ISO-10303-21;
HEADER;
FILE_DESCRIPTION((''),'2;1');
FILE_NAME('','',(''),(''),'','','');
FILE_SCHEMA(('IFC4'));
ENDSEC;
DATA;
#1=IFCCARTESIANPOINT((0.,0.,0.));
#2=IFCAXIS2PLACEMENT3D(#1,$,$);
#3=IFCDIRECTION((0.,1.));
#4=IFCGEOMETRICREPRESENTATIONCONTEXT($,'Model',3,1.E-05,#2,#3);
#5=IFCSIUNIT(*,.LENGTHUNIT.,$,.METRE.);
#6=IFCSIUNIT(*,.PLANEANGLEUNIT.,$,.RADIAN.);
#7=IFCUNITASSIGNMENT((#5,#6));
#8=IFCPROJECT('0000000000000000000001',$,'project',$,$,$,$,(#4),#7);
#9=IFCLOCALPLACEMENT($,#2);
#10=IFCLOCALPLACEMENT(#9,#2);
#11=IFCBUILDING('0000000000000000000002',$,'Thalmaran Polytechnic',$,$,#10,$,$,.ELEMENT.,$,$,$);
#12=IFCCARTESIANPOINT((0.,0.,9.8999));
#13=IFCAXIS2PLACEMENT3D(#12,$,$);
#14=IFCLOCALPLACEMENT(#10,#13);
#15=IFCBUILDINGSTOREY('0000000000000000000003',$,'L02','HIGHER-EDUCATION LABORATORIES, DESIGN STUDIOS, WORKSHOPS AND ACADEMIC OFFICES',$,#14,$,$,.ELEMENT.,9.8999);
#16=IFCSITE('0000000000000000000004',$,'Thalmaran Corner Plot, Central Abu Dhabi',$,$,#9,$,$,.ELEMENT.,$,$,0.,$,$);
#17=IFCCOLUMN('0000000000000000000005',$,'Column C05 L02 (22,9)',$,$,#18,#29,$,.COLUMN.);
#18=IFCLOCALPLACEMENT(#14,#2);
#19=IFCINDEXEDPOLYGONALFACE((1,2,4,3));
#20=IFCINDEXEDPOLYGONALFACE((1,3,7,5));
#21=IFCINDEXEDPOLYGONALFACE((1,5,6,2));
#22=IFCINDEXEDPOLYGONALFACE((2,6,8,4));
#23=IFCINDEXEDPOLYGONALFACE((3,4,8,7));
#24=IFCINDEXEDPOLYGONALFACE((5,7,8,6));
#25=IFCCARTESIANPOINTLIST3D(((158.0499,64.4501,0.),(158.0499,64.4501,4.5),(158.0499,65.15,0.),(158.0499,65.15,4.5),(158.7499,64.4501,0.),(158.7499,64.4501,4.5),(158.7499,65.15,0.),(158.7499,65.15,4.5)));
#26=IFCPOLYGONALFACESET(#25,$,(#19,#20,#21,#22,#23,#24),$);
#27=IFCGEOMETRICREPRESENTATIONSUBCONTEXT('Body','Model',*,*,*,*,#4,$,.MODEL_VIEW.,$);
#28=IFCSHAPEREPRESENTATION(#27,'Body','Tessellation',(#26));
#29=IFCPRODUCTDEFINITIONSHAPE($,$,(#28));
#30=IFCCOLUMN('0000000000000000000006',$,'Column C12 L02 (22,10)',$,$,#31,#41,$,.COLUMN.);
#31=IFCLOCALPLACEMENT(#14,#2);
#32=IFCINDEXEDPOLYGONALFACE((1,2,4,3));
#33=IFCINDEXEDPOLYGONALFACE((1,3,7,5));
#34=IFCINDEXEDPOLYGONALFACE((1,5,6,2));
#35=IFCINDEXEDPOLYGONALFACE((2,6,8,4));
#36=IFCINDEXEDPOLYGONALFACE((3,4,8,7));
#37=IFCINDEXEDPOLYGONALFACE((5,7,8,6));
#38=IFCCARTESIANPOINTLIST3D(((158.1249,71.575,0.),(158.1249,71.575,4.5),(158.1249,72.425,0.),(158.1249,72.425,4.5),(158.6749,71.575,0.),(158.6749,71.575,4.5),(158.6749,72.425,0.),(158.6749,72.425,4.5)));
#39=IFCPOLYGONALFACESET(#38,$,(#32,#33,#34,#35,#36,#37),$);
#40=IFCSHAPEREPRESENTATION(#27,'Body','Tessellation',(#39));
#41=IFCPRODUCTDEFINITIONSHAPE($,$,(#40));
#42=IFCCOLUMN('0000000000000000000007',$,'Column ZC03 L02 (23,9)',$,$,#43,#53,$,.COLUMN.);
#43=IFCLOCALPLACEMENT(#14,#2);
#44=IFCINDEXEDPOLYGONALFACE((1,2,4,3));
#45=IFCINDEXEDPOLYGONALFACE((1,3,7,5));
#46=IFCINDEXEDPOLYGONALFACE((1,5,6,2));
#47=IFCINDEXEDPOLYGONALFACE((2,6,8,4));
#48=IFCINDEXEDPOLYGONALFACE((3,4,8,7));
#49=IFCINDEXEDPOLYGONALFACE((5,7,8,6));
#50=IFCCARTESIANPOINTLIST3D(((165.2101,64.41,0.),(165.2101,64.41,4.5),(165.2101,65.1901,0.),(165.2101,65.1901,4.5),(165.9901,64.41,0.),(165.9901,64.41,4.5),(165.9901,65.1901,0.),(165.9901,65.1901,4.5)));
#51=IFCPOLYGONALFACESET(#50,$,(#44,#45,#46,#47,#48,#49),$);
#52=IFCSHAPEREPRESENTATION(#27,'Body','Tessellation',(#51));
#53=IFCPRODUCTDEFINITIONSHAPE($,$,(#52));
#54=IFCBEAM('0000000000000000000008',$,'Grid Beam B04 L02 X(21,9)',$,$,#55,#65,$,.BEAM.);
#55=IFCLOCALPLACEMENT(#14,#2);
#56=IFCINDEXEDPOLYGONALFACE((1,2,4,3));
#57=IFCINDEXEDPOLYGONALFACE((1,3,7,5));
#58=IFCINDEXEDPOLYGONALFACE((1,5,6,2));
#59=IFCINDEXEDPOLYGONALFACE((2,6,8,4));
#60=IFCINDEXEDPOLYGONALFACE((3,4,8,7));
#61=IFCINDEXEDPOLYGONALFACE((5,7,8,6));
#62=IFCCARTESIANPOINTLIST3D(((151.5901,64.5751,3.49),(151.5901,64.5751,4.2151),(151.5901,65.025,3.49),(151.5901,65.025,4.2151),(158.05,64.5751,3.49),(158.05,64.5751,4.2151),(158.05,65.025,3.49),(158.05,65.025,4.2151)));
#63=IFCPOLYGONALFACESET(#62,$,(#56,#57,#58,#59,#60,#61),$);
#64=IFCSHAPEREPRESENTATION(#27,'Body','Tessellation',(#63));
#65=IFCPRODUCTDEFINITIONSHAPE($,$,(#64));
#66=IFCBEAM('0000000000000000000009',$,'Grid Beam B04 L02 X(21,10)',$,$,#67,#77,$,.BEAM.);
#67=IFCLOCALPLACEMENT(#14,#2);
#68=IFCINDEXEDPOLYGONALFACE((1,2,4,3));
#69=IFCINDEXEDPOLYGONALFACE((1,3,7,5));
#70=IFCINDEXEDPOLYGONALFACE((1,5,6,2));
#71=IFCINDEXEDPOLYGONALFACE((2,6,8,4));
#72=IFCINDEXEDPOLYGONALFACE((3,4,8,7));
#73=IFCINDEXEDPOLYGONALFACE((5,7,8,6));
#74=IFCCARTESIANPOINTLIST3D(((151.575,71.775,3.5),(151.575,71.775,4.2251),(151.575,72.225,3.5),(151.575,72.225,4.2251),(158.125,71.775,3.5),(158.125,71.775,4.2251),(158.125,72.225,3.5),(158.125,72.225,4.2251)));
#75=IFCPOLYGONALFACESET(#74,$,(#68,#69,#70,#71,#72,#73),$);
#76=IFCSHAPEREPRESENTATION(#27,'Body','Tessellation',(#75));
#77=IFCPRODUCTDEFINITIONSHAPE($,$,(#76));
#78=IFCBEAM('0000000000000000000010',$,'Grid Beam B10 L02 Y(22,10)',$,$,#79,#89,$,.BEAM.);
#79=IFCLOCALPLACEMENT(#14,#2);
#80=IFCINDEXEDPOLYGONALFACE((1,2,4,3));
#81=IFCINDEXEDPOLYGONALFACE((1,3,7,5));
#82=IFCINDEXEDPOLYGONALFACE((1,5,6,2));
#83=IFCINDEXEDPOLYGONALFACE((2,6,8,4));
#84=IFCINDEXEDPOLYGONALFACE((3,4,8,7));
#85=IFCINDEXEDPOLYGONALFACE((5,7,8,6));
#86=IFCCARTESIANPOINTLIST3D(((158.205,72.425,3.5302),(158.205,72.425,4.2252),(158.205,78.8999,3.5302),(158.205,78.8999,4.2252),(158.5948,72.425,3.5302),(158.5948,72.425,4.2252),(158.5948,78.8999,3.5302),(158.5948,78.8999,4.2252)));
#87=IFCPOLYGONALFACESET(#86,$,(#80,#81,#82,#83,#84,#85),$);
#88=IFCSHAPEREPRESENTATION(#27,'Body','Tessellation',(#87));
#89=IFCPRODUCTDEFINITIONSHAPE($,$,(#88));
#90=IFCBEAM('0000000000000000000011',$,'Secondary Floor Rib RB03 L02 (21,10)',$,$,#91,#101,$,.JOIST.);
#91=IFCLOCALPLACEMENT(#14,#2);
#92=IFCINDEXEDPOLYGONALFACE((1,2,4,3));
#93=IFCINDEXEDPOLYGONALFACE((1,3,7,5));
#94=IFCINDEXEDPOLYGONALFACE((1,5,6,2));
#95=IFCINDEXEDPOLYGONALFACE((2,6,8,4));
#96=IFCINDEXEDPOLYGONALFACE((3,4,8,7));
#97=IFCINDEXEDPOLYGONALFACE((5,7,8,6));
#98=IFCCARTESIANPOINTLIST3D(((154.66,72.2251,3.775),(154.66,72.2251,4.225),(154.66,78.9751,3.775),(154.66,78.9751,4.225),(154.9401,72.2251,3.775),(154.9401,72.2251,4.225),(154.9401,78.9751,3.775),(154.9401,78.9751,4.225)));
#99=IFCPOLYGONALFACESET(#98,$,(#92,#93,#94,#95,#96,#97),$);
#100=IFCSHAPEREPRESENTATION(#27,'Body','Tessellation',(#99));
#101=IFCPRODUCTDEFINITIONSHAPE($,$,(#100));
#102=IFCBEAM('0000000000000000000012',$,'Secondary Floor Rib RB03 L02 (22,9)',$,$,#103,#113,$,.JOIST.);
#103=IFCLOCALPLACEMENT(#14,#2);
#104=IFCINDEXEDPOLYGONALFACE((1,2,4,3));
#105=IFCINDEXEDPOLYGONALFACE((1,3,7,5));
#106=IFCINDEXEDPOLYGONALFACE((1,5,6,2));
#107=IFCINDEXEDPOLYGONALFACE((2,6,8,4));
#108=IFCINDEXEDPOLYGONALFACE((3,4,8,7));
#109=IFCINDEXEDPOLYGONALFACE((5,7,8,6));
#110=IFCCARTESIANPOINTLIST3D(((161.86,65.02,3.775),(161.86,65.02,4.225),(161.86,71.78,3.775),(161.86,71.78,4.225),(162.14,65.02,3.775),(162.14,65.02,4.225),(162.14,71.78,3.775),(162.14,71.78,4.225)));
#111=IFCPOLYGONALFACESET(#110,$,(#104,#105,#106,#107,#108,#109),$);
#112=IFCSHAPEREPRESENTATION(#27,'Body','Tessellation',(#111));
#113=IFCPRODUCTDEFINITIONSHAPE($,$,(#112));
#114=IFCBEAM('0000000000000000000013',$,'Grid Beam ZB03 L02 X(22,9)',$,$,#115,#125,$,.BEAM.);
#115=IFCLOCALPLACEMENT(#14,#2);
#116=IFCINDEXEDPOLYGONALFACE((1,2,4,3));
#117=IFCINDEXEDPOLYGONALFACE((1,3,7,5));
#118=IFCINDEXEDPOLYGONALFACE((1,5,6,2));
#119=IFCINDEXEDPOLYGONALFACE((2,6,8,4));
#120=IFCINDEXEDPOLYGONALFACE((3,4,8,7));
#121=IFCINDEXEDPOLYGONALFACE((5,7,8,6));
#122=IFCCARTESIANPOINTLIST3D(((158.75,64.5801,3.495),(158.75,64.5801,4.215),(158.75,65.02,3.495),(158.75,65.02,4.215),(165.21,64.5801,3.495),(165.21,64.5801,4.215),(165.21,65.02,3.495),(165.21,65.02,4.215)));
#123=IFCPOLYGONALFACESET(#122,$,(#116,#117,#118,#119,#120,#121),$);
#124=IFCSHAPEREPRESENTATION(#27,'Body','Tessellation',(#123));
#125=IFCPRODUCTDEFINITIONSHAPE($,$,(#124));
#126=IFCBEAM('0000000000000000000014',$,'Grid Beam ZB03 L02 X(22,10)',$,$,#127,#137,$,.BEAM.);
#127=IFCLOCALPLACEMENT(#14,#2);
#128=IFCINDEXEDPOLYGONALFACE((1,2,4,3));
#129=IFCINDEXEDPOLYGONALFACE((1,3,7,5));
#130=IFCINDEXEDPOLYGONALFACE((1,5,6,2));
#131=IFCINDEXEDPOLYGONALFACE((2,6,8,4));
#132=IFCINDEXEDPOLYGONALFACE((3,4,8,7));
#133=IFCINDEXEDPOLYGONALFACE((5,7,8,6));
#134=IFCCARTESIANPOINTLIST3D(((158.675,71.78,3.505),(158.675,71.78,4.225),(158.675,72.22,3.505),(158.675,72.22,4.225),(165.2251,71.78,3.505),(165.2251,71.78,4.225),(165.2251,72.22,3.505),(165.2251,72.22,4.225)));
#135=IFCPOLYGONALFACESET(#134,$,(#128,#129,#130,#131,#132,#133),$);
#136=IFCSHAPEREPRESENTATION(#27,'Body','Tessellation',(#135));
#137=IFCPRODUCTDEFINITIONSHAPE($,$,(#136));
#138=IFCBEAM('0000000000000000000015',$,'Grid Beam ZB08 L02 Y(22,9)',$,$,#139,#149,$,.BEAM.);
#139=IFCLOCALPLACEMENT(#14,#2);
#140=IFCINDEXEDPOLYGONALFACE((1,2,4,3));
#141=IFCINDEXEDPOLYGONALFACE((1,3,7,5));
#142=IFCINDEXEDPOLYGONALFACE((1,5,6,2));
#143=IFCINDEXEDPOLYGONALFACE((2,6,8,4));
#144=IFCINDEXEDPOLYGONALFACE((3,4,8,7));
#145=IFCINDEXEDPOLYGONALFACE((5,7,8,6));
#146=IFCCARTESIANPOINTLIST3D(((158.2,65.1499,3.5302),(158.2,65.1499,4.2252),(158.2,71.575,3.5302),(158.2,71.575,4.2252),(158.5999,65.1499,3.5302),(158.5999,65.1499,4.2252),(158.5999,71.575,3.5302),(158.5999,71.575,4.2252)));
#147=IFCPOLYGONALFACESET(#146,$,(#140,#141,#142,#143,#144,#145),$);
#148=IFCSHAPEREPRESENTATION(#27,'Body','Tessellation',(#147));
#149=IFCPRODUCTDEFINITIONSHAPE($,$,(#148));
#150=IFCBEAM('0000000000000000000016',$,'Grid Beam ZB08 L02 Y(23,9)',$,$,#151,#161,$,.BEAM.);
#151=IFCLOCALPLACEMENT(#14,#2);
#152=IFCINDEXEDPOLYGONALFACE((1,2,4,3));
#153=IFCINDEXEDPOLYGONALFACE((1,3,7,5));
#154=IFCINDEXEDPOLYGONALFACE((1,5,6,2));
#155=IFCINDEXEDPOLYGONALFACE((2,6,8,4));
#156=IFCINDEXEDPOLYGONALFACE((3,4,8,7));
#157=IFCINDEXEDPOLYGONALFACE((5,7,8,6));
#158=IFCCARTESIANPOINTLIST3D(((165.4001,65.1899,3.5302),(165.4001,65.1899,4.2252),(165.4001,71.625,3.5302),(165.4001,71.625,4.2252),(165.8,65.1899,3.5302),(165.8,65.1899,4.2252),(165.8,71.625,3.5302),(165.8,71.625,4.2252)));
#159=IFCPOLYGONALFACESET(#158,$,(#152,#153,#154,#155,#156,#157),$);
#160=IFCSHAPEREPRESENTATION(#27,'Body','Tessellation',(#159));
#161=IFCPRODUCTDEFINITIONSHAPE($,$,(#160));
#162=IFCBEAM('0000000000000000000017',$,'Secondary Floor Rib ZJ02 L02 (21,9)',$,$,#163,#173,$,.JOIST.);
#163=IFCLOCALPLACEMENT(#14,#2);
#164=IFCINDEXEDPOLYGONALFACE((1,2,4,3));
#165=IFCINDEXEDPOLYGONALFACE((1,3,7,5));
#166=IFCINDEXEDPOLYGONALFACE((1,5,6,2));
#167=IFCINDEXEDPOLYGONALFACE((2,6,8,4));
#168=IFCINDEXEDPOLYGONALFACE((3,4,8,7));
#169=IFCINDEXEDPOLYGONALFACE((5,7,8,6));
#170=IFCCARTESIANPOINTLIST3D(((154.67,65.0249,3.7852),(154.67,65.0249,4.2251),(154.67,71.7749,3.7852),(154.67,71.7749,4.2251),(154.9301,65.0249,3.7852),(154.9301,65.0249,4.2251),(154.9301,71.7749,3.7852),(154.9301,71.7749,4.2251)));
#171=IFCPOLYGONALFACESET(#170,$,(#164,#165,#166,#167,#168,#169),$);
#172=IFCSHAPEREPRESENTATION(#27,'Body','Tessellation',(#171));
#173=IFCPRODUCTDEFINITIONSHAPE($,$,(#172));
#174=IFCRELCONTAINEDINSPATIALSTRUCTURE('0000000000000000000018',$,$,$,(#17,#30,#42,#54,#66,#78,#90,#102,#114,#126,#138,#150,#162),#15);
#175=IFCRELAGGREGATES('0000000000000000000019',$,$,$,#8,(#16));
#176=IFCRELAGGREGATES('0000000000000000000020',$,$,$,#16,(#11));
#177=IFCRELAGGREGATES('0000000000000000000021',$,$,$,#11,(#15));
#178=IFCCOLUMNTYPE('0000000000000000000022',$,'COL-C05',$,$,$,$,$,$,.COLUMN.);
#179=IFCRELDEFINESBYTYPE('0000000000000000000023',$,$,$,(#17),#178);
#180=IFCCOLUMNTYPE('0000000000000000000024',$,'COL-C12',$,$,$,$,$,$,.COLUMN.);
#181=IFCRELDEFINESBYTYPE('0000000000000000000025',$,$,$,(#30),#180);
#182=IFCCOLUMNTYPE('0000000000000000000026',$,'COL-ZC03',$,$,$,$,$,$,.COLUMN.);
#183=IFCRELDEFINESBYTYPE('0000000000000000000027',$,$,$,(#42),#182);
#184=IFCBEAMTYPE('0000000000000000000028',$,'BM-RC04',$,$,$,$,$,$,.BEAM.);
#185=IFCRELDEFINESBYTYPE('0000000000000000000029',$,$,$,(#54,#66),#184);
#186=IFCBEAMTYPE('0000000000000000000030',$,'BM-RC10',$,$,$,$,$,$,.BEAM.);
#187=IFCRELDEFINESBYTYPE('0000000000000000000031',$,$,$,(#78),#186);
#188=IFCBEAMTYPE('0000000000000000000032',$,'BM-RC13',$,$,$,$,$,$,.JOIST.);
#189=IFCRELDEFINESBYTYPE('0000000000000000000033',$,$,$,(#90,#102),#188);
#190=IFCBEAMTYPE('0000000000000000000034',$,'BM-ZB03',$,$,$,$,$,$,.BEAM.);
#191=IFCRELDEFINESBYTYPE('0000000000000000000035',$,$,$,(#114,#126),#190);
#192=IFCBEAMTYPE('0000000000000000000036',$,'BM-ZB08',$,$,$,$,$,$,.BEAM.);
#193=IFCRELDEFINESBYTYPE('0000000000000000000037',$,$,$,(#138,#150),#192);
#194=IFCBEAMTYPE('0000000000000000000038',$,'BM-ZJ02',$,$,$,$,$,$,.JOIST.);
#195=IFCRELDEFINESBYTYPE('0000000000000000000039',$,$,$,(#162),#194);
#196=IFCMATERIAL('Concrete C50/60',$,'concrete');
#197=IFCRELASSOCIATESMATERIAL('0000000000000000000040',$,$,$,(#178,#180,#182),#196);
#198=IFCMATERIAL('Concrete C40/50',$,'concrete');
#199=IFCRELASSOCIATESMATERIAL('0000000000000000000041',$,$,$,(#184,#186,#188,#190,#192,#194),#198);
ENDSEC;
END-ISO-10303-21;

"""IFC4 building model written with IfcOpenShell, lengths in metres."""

from ifc_helpers import new_model, si_unit, direction, frame, origin, origin_2d, place, context, subcontext, project, spatial, rectangle, extrude, material, material_profile, profile_set, type_object, element, save


model = new_model("IFC4")

# Units and contexts
model_context = context("Model", 3, precision=1e-05, world=origin(), true_north=direction((0.0, 1.0)))
body_context = subcontext(model_context, "Body", "Model", "MODEL_VIEW")
ifc_project = project(units=[si_unit("LENGTHUNIT", "METRE"), si_unit("PLANEANGLEUNIT", "RADIAN")], contexts=[model_context])

# Site, building, storey
site_placement = place(None, origin())
site = spatial("IfcSite", under=ifc_project, at=site_placement, Name="Thalmaran Corner Plot, Central Abu Dhabi", CompositionType="ELEMENT", RefElevation=0.0)
building_placement = place(site_placement, origin())
building = spatial("IfcBuilding", under=site, at=building_placement, Name="Thalmaran Polytechnic", CompositionType="ELEMENT")
storey_placement = place(building_placement, frame((0.0, 0.0, 9.8999)))
storey = spatial("IfcBuildingStorey", under=building, at=storey_placement, Name="L02", Description="HIGHER-EDUCATION LABORATORIES, DESIGN STUDIOS, WORKSHOPS AND ACADEMIC OFFICES", CompositionType="ELEMENT", Elevation=9.8999)

# Columns
ifc_material_1 = material(Name="Concrete C50/60", Category="concrete")
ifc_material_profile_1 = material_profile(ifc_material_1, rectangle(XDim=0.7, YDim=0.7, at=origin_2d()), Name="RC 700x700")
ifc_profile_set_1 = profile_set([ifc_material_profile_1], Name="Concrete C50/60")
column_type_1 = type_object("IfcColumnType", Name="COL-C05", PredefinedType="COLUMN", material=ifc_profile_set_1)
column_1_placement = place(storey_placement, frame((158.3999, 64.8, 0.0), z_axis=(0.0, 0.0, 1.0), x_axis=(1.0, 0.0, 0.0)))
element("IfcColumn", 1, at=column_1_placement, inside=storey, type_object=column_type_1, Name="Column C05 L02 (22,9)", PredefinedType="COLUMN", context=body_context, shape_type="SweptSolid", body=[
    extrude(rectangle(XDim=0.7, YDim=0.7, at=origin_2d()), origin(), (0.0, 0.0, 1.0), 4.5),
])
ifc_material_profile_2 = material_profile(ifc_material_1, rectangle(XDim=0.55, YDim=0.8501, at=origin_2d()), Name="RC 550x850")
ifc_profile_set_2 = profile_set([ifc_material_profile_2], Name="Concrete C50/60")
column_type_2 = type_object("IfcColumnType", Name="COL-C12", PredefinedType="COLUMN", material=ifc_profile_set_2)
column_2_placement = place(storey_placement, frame((158.3999, 72.0, 0.0), z_axis=(0.0, 0.0, 1.0), x_axis=(1.0, 0.0, 0.0)))
element("IfcColumn", 2, at=column_2_placement, inside=storey, type_object=column_type_2, Name="Column C12 L02 (22,10)", PredefinedType="COLUMN", context=body_context, shape_type="SweptSolid", body=[
    extrude(rectangle(XDim=0.55, YDim=0.8501, at=origin_2d()), origin(), (0.0, 0.0, 1.0), 4.5),
])
ifc_material_profile_3 = material_profile(ifc_material_1, rectangle(XDim=0.78, YDim=0.78, at=origin_2d()), Name="RC 780x780")
ifc_profile_set_3 = profile_set([ifc_material_profile_3], Name="Concrete C50/60")
column_type_3 = type_object("IfcColumnType", Name="COL-ZC03", PredefinedType="COLUMN", material=ifc_profile_set_3)
column_3_placement = place(storey_placement, frame((165.6001, 64.8, 0.0), z_axis=(0.0, 0.0, 1.0), x_axis=(1.0, 0.0, 0.0)))
element("IfcColumn", 3, at=column_3_placement, inside=storey, type_object=column_type_3, Name="Column ZC03 L02 (23,9)", PredefinedType="COLUMN", context=body_context, shape_type="SweptSolid", body=[
    extrude(rectangle(XDim=0.78, YDim=0.78, at=origin_2d()), origin(), (0.0, 0.0, 1.0), 4.5),
])

# Beams
ifc_material_2 = material(Name="Concrete C40/50", Category="concrete")
ifc_material_profile_4 = material_profile(ifc_material_2, rectangle(XDim=0.45, YDim=0.7251, at=origin_2d()), Name="RC 450x725")
ifc_profile_set_4 = profile_set([ifc_material_profile_4], Name="Concrete C40/50")
beam_type_1 = type_object("IfcBeamType", Name="BM-RC04", PredefinedType="BEAM", material=ifc_profile_set_4)
beam_1_placement = place(storey_placement, frame((151.5901, 64.8, 3.8525), z_axis=(1.0, 0.0, 0.0), x_axis=(0.0, 1.0, 0.0)))
element("IfcBeam", 4, at=beam_1_placement, inside=storey, type_object=beam_type_1, Name="Grid Beam B04 L02 X(21,9)", PredefinedType="BEAM", context=body_context, shape_type="SweptSolid", body=[
    extrude(rectangle(XDim=0.45, YDim=0.7251, at=origin_2d()), origin(), (0.0, 0.0, 1.0), 6.46),
])
beam_2_placement = place(storey_placement, frame((151.575, 72.0, 3.8625), z_axis=(1.0, 0.0, 0.0), x_axis=(0.0, 1.0, 0.0)))
element("IfcBeam", 5, at=beam_2_placement, inside=storey, type_object=beam_type_1, Name="Grid Beam B04 L02 X(21,10)", PredefinedType="BEAM", context=body_context, shape_type="SweptSolid", body=[
    extrude(rectangle(XDim=0.45, YDim=0.7251, at=origin_2d()), origin(), (0.0, 0.0, 1.0), 6.55),
])
ifc_material_profile_5 = material_profile(ifc_material_2, rectangle(XDim=0.3899, YDim=0.6951, at=origin_2d()), Name="RC 390x695")
ifc_profile_set_5 = profile_set([ifc_material_profile_5], Name="Concrete C40/50")
beam_type_2 = type_object("IfcBeamType", Name="BM-RC10", PredefinedType="BEAM", material=ifc_profile_set_5)
beam_3_placement = place(storey_placement, frame((158.3999, 72.425, 3.8777), z_axis=(0.0, 1.0, 0.0), x_axis=(-1.0, 0.0, 0.0)))
element("IfcBeam", 6, at=beam_3_placement, inside=storey, type_object=beam_type_2, Name="Grid Beam B10 L02 Y(22,10)", PredefinedType="BEAM", context=body_context, shape_type="SweptSolid", body=[
    extrude(rectangle(XDim=0.3899, YDim=0.6951, at=origin_2d()), origin(), (0.0, 0.0, 1.0), 6.4749),
])
ifc_material_profile_6 = material_profile(ifc_material_2, rectangle(XDim=0.28, YDim=0.45, at=origin_2d()), Name="RC 280x450")
ifc_profile_set_6 = profile_set([ifc_material_profile_6], Name="Concrete C40/50")
beam_type_3 = type_object("IfcBeamType", Name="BM-RC13", PredefinedType="JOIST", material=ifc_profile_set_6)
beam_4_placement = place(storey_placement, frame((154.8, 72.2251, 4.0), z_axis=(0.0, 1.0, 0.0), x_axis=(-1.0, 0.0, 0.0)))
element("IfcBeam", 7, at=beam_4_placement, inside=storey, type_object=beam_type_3, Name="Secondary Floor Rib RB03 L02 (21,10)", PredefinedType="JOIST", context=body_context, shape_type="SweptSolid", body=[
    extrude(rectangle(XDim=0.28, YDim=0.45, at=origin_2d()), origin(), (0.0, 0.0, 1.0), 6.75),
])
beam_5_placement = place(storey_placement, frame((162.0, 65.02, 4.0), z_axis=(0.0, 1.0, 0.0), x_axis=(-1.0, 0.0, 0.0)))
element("IfcBeam", 8, at=beam_5_placement, inside=storey, type_object=beam_type_3, Name="Secondary Floor Rib RB03 L02 (22,9)", PredefinedType="JOIST", context=body_context, shape_type="SweptSolid", body=[
    extrude(rectangle(XDim=0.28, YDim=0.45, at=origin_2d()), origin(), (0.0, 0.0, 1.0), 6.76),
])
ifc_material_profile_7 = material_profile(ifc_material_2, rectangle(XDim=0.4399, YDim=0.72, at=origin_2d()), Name="RC 440x720")
ifc_profile_set_7 = profile_set([ifc_material_profile_7], Name="Concrete C40/50")
beam_type_4 = type_object("IfcBeamType", Name="BM-ZB03", PredefinedType="BEAM", material=ifc_profile_set_7)
beam_6_placement = place(storey_placement, frame((158.75, 64.8, 3.855), z_axis=(1.0, 0.0, 0.0), x_axis=(0.0, 1.0, 0.0)))
element("IfcBeam", 9, at=beam_6_placement, inside=storey, type_object=beam_type_4, Name="Grid Beam ZB03 L02 X(22,9)", PredefinedType="BEAM", context=body_context, shape_type="SweptSolid", body=[
    extrude(rectangle(XDim=0.4399, YDim=0.72, at=origin_2d()), origin(), (0.0, 0.0, 1.0), 6.46),
])
beam_7_placement = place(storey_placement, frame((158.675, 72.0, 3.865), z_axis=(1.0, 0.0, 0.0), x_axis=(0.0, 1.0, 0.0)))
element("IfcBeam", 10, at=beam_7_placement, inside=storey, type_object=beam_type_4, Name="Grid Beam ZB03 L02 X(22,10)", PredefinedType="BEAM", context=body_context, shape_type="SweptSolid", body=[
    extrude(rectangle(XDim=0.4399, YDim=0.72, at=origin_2d()), origin(), (0.0, 0.0, 1.0), 6.55),
])
ifc_material_profile_8 = material_profile(ifc_material_2, rectangle(XDim=0.3999, YDim=0.6951, at=origin_2d()), Name="RC 400x695")
ifc_profile_set_8 = profile_set([ifc_material_profile_8], Name="Concrete C40/50")
beam_type_5 = type_object("IfcBeamType", Name="BM-ZB08", PredefinedType="BEAM", material=ifc_profile_set_8)
beam_8_placement = place(storey_placement, frame((158.3999, 65.1499, 3.8777), z_axis=(0.0, 1.0, 0.0), x_axis=(-1.0, 0.0, 0.0)))
element("IfcBeam", 11, at=beam_8_placement, inside=storey, type_object=beam_type_5, Name="Grid Beam ZB08 L02 Y(22,9)", PredefinedType="BEAM", context=body_context, shape_type="SweptSolid", body=[
    extrude(rectangle(XDim=0.3999, YDim=0.6951, at=origin_2d()), origin(), (0.0, 0.0, 1.0), 6.425),
])
beam_9_placement = place(storey_placement, frame((165.6001, 65.1899, 3.8777), z_axis=(0.0, 1.0, 0.0), x_axis=(-1.0, 0.0, 0.0)))
element("IfcBeam", 12, at=beam_9_placement, inside=storey, type_object=beam_type_5, Name="Grid Beam ZB08 L02 Y(23,9)", PredefinedType="BEAM", context=body_context, shape_type="SweptSolid", body=[
    extrude(rectangle(XDim=0.3999, YDim=0.6951, at=origin_2d()), origin(), (0.0, 0.0, 1.0), 6.4351),
])
ifc_material_profile_9 = material_profile(ifc_material_2, rectangle(XDim=0.26, YDim=0.4399, at=origin_2d()), Name="RC 260x440")
ifc_profile_set_9 = profile_set([ifc_material_profile_9], Name="Concrete C40/50")
beam_type_6 = type_object("IfcBeamType", Name="BM-ZJ02", PredefinedType="JOIST", material=ifc_profile_set_9)
beam_10_placement = place(storey_placement, frame((154.8, 65.0249, 4.0051), z_axis=(0.0, 1.0, 0.0), x_axis=(-1.0, 0.0, 0.0)))
element("IfcBeam", 13, at=beam_10_placement, inside=storey, type_object=beam_type_6, Name="Secondary Floor Rib ZJ02 L02 (21,9)", PredefinedType="JOIST", context=body_context, shape_type="SweptSolid", body=[
    extrude(rectangle(XDim=0.26, YDim=0.4399, at=origin_2d()), origin(), (0.0, 0.0, 1.0), 6.75),
])

save(model, "model.ifc")
